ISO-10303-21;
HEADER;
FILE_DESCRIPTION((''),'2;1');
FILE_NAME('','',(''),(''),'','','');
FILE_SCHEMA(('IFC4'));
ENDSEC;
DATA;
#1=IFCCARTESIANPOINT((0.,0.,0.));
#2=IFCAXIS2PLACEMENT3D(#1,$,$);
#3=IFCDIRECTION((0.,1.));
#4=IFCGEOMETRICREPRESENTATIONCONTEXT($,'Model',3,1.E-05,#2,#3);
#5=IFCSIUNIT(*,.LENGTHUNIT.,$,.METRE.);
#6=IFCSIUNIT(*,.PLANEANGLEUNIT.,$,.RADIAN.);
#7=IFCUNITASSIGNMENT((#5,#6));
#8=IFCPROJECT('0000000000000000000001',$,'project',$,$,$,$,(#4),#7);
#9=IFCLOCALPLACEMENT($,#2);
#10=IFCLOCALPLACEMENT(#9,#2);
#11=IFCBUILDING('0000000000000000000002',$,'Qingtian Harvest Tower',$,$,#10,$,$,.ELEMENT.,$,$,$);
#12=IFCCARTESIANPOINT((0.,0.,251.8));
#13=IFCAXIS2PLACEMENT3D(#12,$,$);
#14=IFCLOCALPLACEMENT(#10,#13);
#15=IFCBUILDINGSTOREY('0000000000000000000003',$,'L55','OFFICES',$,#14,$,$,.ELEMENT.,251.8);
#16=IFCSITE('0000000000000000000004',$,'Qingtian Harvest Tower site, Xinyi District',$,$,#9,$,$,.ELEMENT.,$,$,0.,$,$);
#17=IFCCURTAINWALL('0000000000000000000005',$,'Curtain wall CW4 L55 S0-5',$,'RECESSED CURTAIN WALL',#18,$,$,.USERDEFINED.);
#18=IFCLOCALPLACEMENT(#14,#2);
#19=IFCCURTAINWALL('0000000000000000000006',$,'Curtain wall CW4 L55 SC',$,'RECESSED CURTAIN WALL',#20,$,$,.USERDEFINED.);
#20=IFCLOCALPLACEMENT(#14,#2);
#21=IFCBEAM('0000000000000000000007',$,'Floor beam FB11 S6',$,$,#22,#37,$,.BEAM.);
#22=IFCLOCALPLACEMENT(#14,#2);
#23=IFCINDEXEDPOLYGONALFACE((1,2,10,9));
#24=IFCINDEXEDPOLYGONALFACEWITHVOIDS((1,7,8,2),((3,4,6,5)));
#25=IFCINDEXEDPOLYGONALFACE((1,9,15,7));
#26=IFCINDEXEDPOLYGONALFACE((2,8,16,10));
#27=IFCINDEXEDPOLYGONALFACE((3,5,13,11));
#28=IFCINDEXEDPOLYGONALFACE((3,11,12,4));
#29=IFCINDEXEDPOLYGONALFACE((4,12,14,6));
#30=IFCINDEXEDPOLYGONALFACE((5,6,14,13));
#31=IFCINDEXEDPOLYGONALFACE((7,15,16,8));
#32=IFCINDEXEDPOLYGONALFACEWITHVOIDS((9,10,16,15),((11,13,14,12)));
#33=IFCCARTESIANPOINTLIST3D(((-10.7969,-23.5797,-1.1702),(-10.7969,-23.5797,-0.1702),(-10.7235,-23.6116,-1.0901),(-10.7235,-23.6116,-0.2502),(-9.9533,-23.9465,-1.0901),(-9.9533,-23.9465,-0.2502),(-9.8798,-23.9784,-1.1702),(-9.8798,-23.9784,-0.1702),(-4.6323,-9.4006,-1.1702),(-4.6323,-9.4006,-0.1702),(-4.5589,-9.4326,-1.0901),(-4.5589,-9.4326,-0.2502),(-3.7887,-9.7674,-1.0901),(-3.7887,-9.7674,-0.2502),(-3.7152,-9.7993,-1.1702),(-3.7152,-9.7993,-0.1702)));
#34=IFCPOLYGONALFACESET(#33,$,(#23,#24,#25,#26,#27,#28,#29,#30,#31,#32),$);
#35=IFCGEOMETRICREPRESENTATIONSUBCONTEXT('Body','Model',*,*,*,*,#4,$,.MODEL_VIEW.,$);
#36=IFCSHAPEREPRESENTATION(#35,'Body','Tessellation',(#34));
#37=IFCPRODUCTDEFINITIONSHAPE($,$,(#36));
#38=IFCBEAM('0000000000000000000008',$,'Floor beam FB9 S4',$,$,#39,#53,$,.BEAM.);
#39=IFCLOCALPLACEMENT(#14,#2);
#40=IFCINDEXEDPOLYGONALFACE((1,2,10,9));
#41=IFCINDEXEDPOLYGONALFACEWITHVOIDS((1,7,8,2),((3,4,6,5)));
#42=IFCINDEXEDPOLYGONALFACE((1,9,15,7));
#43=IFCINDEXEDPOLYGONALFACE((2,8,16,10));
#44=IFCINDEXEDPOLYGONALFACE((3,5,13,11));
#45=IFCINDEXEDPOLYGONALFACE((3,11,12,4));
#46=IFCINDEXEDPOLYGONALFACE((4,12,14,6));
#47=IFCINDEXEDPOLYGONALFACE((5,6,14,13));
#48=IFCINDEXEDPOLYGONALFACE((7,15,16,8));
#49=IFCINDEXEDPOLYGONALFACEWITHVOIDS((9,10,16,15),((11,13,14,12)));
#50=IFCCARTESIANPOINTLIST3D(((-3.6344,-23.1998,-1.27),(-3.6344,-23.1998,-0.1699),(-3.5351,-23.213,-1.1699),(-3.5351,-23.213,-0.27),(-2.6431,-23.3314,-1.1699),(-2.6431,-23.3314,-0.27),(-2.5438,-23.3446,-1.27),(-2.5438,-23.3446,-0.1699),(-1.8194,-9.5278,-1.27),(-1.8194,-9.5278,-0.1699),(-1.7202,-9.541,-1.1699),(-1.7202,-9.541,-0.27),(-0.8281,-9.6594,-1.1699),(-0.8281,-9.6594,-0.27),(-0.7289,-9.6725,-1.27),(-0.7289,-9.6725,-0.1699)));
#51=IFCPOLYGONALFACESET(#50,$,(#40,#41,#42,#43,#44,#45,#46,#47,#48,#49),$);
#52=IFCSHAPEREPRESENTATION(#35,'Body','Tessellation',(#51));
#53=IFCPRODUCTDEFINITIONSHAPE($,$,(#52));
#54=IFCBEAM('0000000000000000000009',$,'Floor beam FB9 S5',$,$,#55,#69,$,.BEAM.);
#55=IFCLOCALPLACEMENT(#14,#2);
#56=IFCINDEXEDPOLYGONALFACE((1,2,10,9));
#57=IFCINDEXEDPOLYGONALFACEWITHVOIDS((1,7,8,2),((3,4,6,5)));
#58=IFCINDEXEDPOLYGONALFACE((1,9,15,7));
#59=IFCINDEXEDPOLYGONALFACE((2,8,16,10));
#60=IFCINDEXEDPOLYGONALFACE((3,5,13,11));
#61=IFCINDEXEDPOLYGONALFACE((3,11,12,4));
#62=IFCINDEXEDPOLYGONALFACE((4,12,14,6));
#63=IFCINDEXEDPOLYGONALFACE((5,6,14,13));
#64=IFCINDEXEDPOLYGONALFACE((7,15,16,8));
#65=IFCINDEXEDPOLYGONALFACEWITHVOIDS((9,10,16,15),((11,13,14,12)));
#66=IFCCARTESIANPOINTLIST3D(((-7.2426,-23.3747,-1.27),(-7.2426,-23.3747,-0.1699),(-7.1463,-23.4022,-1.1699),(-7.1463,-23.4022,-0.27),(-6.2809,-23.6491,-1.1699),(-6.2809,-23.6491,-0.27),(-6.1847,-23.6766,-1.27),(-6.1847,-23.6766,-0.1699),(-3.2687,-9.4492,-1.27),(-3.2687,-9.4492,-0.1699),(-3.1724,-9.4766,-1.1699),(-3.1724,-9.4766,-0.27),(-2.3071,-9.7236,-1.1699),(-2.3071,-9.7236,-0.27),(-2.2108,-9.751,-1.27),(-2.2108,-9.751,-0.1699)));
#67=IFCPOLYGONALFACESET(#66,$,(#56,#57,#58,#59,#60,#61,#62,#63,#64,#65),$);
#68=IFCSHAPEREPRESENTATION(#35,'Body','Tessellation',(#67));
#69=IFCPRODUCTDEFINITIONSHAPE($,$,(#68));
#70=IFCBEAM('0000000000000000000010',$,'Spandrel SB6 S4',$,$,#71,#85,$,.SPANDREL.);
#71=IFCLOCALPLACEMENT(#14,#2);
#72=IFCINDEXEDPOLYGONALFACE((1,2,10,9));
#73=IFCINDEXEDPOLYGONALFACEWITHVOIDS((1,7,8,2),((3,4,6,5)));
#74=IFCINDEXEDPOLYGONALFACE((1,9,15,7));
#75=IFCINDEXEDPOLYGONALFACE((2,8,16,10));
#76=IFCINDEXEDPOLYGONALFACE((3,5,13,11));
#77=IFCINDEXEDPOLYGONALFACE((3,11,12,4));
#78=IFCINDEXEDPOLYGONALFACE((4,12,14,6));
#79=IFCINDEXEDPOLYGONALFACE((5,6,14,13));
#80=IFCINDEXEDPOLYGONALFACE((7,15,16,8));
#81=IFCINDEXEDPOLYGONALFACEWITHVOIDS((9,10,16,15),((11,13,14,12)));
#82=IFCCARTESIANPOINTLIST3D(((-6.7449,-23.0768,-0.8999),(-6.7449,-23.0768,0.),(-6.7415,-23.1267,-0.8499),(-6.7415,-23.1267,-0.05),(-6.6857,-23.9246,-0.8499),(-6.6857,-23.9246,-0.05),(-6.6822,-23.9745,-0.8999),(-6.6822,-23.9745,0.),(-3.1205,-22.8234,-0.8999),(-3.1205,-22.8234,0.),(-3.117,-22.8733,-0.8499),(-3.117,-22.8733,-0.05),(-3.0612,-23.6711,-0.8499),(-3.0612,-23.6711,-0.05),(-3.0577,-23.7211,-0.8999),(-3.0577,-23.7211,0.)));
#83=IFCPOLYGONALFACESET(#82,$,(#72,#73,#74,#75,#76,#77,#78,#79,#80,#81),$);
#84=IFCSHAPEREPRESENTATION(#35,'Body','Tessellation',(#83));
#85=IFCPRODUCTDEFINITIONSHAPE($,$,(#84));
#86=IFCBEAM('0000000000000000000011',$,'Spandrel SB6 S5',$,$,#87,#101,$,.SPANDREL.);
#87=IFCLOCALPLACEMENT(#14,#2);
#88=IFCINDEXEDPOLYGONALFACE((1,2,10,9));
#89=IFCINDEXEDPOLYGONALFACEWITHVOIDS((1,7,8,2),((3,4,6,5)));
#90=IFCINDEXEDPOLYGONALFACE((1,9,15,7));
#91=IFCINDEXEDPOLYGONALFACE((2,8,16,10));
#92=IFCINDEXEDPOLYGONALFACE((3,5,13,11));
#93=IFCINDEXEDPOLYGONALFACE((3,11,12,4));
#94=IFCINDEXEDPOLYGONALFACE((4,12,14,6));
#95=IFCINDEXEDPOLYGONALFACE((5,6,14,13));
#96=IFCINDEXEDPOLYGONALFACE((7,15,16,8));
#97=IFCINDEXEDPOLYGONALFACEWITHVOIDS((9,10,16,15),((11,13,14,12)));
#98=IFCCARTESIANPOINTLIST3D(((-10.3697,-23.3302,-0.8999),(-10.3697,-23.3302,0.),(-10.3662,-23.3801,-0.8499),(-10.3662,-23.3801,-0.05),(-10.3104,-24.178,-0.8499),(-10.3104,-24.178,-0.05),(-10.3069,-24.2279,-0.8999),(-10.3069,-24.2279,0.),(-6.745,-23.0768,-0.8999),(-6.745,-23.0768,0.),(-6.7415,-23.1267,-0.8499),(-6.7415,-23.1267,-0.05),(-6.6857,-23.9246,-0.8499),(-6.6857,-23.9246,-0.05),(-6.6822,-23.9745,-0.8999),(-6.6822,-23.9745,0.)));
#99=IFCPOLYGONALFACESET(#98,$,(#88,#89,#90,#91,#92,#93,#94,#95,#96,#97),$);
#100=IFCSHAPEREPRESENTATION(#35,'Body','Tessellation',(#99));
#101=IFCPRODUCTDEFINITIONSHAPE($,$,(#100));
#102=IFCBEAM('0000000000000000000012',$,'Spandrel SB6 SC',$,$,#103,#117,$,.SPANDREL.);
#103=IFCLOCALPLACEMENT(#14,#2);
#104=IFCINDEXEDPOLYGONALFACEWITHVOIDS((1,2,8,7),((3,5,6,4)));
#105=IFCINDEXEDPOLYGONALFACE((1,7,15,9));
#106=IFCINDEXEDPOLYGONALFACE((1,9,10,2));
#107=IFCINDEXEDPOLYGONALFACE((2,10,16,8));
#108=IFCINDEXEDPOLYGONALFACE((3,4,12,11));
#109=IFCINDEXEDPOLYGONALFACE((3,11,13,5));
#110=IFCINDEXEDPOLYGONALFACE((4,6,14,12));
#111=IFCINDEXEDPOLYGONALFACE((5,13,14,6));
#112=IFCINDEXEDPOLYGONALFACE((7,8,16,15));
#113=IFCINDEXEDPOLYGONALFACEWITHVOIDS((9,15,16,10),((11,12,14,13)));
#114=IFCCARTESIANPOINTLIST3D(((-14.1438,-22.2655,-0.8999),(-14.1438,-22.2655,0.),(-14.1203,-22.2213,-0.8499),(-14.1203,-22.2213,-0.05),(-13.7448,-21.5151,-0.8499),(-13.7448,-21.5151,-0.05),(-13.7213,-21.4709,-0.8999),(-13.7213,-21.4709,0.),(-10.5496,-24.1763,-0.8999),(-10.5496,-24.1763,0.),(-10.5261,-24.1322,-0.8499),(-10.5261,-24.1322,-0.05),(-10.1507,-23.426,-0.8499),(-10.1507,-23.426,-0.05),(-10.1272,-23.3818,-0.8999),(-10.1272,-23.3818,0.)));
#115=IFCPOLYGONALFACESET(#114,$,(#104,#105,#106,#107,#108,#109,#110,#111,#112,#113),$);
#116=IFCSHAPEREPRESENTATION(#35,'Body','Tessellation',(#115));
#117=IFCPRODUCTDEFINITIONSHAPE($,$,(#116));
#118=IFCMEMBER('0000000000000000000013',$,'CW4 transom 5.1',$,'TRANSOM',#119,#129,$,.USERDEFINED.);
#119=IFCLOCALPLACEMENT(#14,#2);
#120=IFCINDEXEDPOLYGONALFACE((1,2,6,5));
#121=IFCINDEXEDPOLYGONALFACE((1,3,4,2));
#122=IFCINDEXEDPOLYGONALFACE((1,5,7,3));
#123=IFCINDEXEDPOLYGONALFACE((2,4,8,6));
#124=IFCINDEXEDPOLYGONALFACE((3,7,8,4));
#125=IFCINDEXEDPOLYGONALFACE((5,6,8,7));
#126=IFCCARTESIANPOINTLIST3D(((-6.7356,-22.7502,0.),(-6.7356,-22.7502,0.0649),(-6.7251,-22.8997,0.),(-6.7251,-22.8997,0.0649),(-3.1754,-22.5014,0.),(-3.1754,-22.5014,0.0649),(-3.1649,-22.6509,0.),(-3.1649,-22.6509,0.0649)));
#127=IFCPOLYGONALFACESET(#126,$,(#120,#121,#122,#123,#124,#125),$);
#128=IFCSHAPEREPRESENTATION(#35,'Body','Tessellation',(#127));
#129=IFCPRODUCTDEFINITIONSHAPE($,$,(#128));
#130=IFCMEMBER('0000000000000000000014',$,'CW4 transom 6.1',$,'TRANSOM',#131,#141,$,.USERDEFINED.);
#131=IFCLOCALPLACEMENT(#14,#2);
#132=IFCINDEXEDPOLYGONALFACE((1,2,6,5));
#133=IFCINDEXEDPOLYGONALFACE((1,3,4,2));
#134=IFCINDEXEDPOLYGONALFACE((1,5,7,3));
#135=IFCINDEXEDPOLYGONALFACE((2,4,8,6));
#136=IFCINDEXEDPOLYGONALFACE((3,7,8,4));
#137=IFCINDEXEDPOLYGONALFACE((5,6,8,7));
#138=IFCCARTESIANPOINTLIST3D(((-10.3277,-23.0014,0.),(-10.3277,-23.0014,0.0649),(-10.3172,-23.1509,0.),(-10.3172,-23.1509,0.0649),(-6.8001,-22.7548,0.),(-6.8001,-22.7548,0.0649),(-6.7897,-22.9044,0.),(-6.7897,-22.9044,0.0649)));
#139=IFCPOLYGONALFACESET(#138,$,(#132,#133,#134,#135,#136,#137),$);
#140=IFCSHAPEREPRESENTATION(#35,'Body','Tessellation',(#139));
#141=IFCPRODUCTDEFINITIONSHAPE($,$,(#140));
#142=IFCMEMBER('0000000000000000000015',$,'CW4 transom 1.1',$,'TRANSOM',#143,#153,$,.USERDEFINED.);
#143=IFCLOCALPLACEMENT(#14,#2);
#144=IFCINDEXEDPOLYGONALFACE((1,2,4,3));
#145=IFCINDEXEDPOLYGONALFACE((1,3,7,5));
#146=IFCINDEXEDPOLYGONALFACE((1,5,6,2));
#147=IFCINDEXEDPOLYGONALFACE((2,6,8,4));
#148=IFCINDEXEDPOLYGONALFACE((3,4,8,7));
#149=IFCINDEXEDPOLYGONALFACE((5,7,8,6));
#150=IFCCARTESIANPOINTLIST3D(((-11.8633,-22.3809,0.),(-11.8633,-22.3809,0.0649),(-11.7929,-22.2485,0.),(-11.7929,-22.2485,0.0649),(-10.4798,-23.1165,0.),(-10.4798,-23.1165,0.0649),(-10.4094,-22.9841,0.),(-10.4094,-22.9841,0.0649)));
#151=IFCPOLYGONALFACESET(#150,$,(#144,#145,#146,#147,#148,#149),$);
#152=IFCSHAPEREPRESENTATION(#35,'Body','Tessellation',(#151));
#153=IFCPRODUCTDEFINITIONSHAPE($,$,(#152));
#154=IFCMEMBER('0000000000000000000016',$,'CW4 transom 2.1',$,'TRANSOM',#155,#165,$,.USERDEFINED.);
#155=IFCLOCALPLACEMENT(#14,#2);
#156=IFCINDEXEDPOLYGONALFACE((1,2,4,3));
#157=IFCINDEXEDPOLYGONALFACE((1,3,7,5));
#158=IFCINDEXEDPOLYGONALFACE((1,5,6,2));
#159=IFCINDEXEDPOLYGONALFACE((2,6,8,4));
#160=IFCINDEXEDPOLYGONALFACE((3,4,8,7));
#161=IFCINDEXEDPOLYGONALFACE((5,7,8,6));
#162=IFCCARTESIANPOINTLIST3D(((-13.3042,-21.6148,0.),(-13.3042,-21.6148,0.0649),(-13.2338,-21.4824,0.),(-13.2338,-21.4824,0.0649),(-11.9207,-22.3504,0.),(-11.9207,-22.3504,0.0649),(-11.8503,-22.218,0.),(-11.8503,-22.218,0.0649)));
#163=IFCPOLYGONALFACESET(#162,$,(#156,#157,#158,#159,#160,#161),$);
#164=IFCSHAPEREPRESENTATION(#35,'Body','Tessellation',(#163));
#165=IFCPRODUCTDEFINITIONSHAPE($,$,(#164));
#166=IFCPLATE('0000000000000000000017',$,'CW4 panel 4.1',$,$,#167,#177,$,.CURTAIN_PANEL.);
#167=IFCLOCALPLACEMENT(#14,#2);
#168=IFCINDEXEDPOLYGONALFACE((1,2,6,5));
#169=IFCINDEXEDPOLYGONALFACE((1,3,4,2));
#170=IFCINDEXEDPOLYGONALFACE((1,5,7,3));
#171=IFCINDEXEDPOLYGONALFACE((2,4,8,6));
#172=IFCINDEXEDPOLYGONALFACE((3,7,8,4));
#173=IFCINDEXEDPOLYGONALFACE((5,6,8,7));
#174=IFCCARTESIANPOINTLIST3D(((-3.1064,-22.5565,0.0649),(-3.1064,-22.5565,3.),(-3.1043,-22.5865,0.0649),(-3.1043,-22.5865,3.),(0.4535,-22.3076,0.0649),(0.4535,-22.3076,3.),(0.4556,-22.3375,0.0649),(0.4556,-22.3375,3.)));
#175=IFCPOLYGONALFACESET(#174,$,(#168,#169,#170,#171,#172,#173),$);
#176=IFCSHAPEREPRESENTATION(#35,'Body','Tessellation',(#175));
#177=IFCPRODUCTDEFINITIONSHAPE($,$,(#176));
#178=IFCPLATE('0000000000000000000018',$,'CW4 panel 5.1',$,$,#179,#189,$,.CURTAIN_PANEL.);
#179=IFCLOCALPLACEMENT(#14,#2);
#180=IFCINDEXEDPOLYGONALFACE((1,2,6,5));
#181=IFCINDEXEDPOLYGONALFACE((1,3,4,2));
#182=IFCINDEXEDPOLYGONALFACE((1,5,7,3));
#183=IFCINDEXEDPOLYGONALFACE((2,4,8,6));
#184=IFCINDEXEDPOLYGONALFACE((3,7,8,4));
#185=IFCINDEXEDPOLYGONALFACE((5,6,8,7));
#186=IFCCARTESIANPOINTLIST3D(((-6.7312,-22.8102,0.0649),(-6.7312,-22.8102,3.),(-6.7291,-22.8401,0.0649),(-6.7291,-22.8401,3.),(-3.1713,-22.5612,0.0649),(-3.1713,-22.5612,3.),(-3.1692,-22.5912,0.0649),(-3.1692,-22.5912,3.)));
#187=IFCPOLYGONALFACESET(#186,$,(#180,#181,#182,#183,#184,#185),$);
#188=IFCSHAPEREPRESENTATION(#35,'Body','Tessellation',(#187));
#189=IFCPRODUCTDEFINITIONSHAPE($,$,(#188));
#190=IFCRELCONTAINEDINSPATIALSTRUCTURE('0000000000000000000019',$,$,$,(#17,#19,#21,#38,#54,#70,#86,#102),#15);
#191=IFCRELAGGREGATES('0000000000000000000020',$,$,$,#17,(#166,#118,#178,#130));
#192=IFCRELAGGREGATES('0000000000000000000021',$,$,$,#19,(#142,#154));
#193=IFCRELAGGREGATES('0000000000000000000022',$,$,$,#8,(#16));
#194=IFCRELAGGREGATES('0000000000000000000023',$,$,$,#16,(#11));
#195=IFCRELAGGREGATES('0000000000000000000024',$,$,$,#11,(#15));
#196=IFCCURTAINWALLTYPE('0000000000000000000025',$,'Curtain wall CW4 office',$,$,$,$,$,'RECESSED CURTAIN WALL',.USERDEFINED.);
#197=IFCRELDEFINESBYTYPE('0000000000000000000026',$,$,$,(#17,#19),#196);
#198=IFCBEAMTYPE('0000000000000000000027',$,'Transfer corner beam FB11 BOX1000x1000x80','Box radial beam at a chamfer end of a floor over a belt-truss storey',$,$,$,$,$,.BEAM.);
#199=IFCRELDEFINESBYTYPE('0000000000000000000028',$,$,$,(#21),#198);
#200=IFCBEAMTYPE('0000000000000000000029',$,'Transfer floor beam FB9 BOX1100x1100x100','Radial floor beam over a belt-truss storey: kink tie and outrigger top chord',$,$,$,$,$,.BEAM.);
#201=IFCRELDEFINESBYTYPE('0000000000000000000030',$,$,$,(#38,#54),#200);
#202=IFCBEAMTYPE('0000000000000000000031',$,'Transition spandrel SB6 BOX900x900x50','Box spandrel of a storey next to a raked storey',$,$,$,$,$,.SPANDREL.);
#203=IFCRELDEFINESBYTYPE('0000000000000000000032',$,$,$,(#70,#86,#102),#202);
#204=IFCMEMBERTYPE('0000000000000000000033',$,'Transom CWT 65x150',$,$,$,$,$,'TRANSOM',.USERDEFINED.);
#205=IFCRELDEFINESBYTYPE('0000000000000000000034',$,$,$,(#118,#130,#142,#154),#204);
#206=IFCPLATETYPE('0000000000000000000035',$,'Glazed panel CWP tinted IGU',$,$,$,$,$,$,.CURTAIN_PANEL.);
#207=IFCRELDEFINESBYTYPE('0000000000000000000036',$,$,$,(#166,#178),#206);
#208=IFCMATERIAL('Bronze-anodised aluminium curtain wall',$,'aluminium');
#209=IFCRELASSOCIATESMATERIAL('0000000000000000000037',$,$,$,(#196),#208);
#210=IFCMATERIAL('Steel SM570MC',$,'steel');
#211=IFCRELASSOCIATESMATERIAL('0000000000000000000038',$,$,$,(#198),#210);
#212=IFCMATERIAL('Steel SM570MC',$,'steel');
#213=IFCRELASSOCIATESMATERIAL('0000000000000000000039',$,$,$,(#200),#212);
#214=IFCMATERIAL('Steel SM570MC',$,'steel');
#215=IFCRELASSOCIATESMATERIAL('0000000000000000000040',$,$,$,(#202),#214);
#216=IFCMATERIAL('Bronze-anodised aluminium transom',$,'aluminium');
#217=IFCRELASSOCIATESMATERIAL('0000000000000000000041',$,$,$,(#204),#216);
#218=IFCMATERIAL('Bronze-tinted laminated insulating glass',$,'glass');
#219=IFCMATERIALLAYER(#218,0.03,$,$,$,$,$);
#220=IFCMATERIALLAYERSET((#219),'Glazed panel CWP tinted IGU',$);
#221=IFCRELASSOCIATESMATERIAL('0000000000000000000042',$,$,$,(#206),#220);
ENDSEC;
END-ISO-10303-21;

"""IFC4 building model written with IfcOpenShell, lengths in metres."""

from ifc_helpers import new_model, si_unit, direction, frame, origin, origin_2d, place, context, subcontext, project, spatial, rectangle, hollow_rectangle, extrude, material, layer, layer_set, material_profile, profile_set, type_object, element, aggregate, save


model = new_model("IFC4")

# Units and contexts
model_context = context("Model", 3, precision=1e-05, world=origin(), true_north=direction((0.0, 1.0)))
body_context = subcontext(model_context, "Body", "Model", "MODEL_VIEW")
ifc_project = project(units=[si_unit("LENGTHUNIT", "METRE"), si_unit("PLANEANGLEUNIT", "RADIAN")], contexts=[model_context])

# Site, building, storey
site_placement = place(None, origin())
site = spatial("IfcSite", under=ifc_project, at=site_placement, Name="Qingtian Harvest Tower site, Xinyi District", CompositionType="ELEMENT", RefElevation=0.0)
building_placement = place(site_placement, origin())
building = spatial("IfcBuilding", under=site, at=building_placement, Name="Qingtian Harvest Tower", CompositionType="ELEMENT")
storey_placement = place(building_placement, frame((0.0, 0.0, 251.8)))
storey = spatial("IfcBuildingStorey", under=building, at=storey_placement, Name="L55", Description="OFFICES", CompositionType="ELEMENT", Elevation=251.8)

# Curtain walls
ifc_material_1 = material(Name="Bronze-anodised aluminium curtain wall", Category="aluminium")
curtain_wall_type = type_object("IfcCurtainWallType", Name="Curtain wall CW4 office", ElementType="RECESSED CURTAIN WALL", PredefinedType="USERDEFINED", material=ifc_material_1)
curtain_wall_1_placement = place(storey_placement, origin())
curtain_wall_1 = element("IfcCurtainWall", 1, at=curtain_wall_1_placement, inside=storey, type_object=curtain_wall_type, Name="Curtain wall CW4 L55 S0-5", ObjectType="RECESSED CURTAIN WALL", PredefinedType="USERDEFINED")
curtain_wall_2_placement = place(storey_placement, origin())
curtain_wall_2 = element("IfcCurtainWall", 2, at=curtain_wall_2_placement, inside=storey, type_object=curtain_wall_type, Name="Curtain wall CW4 L55 SC", ObjectType="RECESSED CURTAIN WALL", PredefinedType="USERDEFINED")

# Beams
ifc_material_2 = material(Name="Steel SM570MC", Category="steel")
ifc_material_profile_1 = material_profile(ifc_material_2, hollow_rectangle(XDim=1.0, YDim=1.0, WallThickness=0.0801, at=origin_2d()), Name="BOX1000x1000x80")
ifc_profile_set_1 = profile_set([ifc_material_profile_1], Name="Steel SM570MC")
beam_type_1 = type_object("IfcBeamType", Name="Transfer corner beam FB11 BOX1000x1000x80", Description="Box radial beam at a chamfer end of a floor over a belt-truss storey", PredefinedType="BEAM", material=ifc_profile_set_1)
beam_1_placement = place(storey_placement, frame((-10.3384, -23.7791, -0.6702), z_axis=(0.398715, 0.917075, 0.0), x_axis=(-0.917075, 0.398715, 0.0)))
element("IfcBeam", 3, at=beam_1_placement, inside=storey, type_object=beam_type_1, Name="Floor beam FB11 S6", PredefinedType="BEAM", context=body_context, shape_type="SweptSolid", body=[
    extrude(hollow_rectangle(XDim=1.0, YDim=1.0, WallThickness=0.0801, at=origin_2d()), origin(), (0.0, 0.0, 1.0), 15.4612),
])
ifc_material_3 = material(Name="Steel SM570MC", Category="steel")
ifc_material_profile_2 = material_profile(ifc_material_3, hollow_rectangle(XDim=1.1001, YDim=1.1001, WallThickness=0.1001, at=origin_2d()), Name="BOX1100x1100x100")
ifc_profile_set_2 = profile_set([ifc_material_profile_2], Name="Steel SM570MC")
beam_type_2 = type_object("IfcBeamType", Name="Transfer floor beam FB9 BOX1100x1100x100", Description="Radial floor beam over a belt-truss storey: kink tie and outrigger top chord", PredefinedType="BEAM", material=ifc_profile_set_2)
beam_2_placement = place(storey_placement, frame((-3.0891, -23.2722, -0.72), z_axis=(0.131593, 0.991304, 0.0), x_axis=(-0.991304, 0.131593, 0.0)))
element("IfcBeam", 4, at=beam_2_placement, inside=storey, type_object=beam_type_2, Name="Floor beam FB9 S4", PredefinedType="BEAM", context=body_context, shape_type="SweptSolid", body=[
    extrude(hollow_rectangle(XDim=1.1001, YDim=1.1001, WallThickness=0.1001, at=origin_2d()), origin(), (0.0, 0.0, 1.0), 13.792),
])
beam_3_placement = place(storey_placement, frame((-6.7136, -23.5256, -0.72), z_axis=(0.274412, 0.961612, 0.0), x_axis=(-0.961612, 0.274412, 0.0)))
element("IfcBeam", 5, at=beam_3_placement, inside=storey, type_object=beam_type_2, Name="Floor beam FB9 S5", PredefinedType="BEAM", context=body_context, shape_type="SweptSolid", body=[
    extrude(hollow_rectangle(XDim=1.1001, YDim=1.1001, WallThickness=0.1001, at=origin_2d()), origin(), (0.0, 0.0, 1.0), 14.4814),
])
ifc_material_4 = material(Name="Steel SM570MC", Category="steel")
ifc_material_profile_3 = material_profile(ifc_material_4, hollow_rectangle(XDim=0.8999, YDim=0.8999, WallThickness=0.05, at=origin_2d()), Name="BOX900x900x50")
ifc_profile_set_3 = profile_set([ifc_material_profile_3], Name="Steel SM570MC")
beam_type_3 = type_object("IfcBeamType", Name="Transition spandrel SB6 BOX900x900x50", Description="Box spandrel of a storey next to a raked storey", PredefinedType="SPANDREL", material=ifc_profile_set_3)
beam_4_placement = place(storey_placement, frame((-3.0891, -23.2722, -0.45), z_axis=(-0.997565, -0.069748, 0.0), x_axis=(0.069748, -0.997565, 0.0)))
element("IfcBeam", 6, at=beam_4_placement, inside=storey, type_object=beam_type_3, Name="Spandrel SB6 S4", PredefinedType="SPANDREL", context=body_context, shape_type="SweptSolid", body=[
    extrude(hollow_rectangle(XDim=0.8999, YDim=0.8999, WallThickness=0.05, at=origin_2d()), origin(), (0.0, 0.0, 1.0), 3.6333),
])
beam_5_placement = place(storey_placement, frame((-6.7136, -23.5256, -0.45), z_axis=(-0.997565, -0.069743, 0.0), x_axis=(0.069743, -0.997565, 0.0)))
element("IfcBeam", 7, at=beam_5_placement, inside=storey, type_object=beam_type_3, Name="Spandrel SB6 S5", PredefinedType="SPANDREL", context=body_context, shape_type="SweptSolid", body=[
    extrude(hollow_rectangle(XDim=0.8999, YDim=0.8999, WallThickness=0.05, at=origin_2d()), origin(), (0.0, 0.0, 1.0), 3.6335),
])
beam_6_placement = place(storey_placement, frame((-10.3384, -23.7791, -0.45), z_axis=(-0.882968, 0.469433, 0.0), x_axis=(-0.469433, -0.882968, 0.0)))
element("IfcBeam", 8, at=beam_6_placement, inside=storey, type_object=beam_type_3, Name="Spandrel SB6 SC", PredefinedType="SPANDREL", context=body_context, shape_type="SweptSolid", body=[
    extrude(hollow_rectangle(XDim=0.8999, YDim=0.8999, WallThickness=0.05, at=origin_2d()), origin(), (0.0, 0.0, 1.0), 4.0706),
])

# Members
ifc_material_5 = material(Name="Bronze-anodised aluminium transom", Category="aluminium")
ifc_material_profile_4 = material_profile(ifc_material_5, rectangle(XDim=0.1499, YDim=0.0649, at=origin_2d()), Name="AL 65x150")
ifc_profile_set_4 = profile_set([ifc_material_profile_4], Name="Bronze-anodised aluminium transom")
member_type_1 = type_object("IfcMemberType", Name="Transom CWT 65x150", ElementType="TRANSOM", PredefinedType="USERDEFINED", material=ifc_profile_set_4)
member_1_placement = place(storey_placement, frame((-3.1702, -22.5762, 0.0325), z_axis=(-0.997567, -0.069711, 0.0), x_axis=(0.069711, -0.997567, 0.0)))
member_1 = element("IfcMember", 9, at=member_1_placement, type_object=member_type_1, Name="CW4 transom 5.1", ObjectType="TRANSOM", PredefinedType="USERDEFINED", context=body_context, shape_type="SweptSolid", body=[
    extrude(rectangle(XDim=0.1499, YDim=0.0649, at=origin_2d()), origin(), (0.0, 0.0, 1.0), 3.5688),
])
member_2_placement = place(storey_placement, frame((-6.7949, -22.8296, 0.0325), z_axis=(-0.997566, -0.069731, 0.0), x_axis=(0.069731, -0.997566, 0.0)))
member_2 = element("IfcMember", 10, at=member_2_placement, type_object=member_type_1, Name="CW4 transom 6.1", ObjectType="TRANSOM", PredefinedType="USERDEFINED", context=body_context, shape_type="SweptSolid", body=[
    extrude(rectangle(XDim=0.1499, YDim=0.0649, at=origin_2d()), origin(), (0.0, 0.0, 1.0), 3.5361),
])
member_3_placement = place(storey_placement, frame((-10.4446, -23.0503, 0.0325), z_axis=(-0.88296, 0.469448, 0.0), x_axis=(-0.469448, -0.88296, 0.0)))
member_3 = element("IfcMember", 11, at=member_3_placement, type_object=member_type_1, Name="CW4 transom 1.1", ObjectType="TRANSOM", PredefinedType="USERDEFINED", context=body_context, shape_type="SweptSolid", body=[
    extrude(rectangle(XDim=0.1499, YDim=0.0649, at=origin_2d()), origin(), (0.0, 0.0, 1.0), 1.5669),
])
member_4_placement = place(storey_placement, frame((-11.8855, -22.2842, 0.0325), z_axis=(-0.88296, 0.469448, 0.0), x_axis=(-0.469448, -0.88296, 0.0)))
member_4 = element("IfcMember", 12, at=member_4_placement, type_object=member_type_1, Name="CW4 transom 2.1", ObjectType="TRANSOM", PredefinedType="USERDEFINED", context=body_context, shape_type="SweptSolid", body=[
    extrude(rectangle(XDim=0.1499, YDim=0.0649, at=origin_2d()), origin(), (0.0, 0.0, 1.0), 1.5669),
])

# Plates
ifc_material_6 = material(Name="Bronze-tinted laminated insulating glass", Category="glass")
ifc_layer_1 = layer(ifc_material_6, 0.03)
ifc_layer_set_1 = layer_set([ifc_layer_1], Name="Glazed panel CWP tinted IGU")
plate_type = type_object("IfcPlateType", Name="Glazed panel CWP tinted IGU", PredefinedType="CURTAIN_PANEL", material=ifc_layer_set_1)
plate_1_placement = place(storey_placement, frame((-1.3254, -22.447, 0.0649), z_axis=(0.0, 0.0, 1.0), x_axis=(-0.997564, -0.069756, 0.0)))
plate_1 = element("IfcPlate", 13, at=plate_1_placement, type_object=plate_type, Name="CW4 panel 4.1", PredefinedType="CURTAIN_PANEL", context=body_context, shape_type="SweptSolid", body=[
    extrude(rectangle(XDim=3.5686, YDim=0.03, at=origin_2d()), origin(), (0.0, 0.0, 1.0), 2.9351),
])
plate_2_placement = place(storey_placement, frame((-4.9502, -22.7007, 0.0649), z_axis=(0.0, 0.0, 1.0), x_axis=(-0.997564, -0.069756, 0.0)))
plate_2 = element("IfcPlate", 14, at=plate_2_placement, type_object=plate_type, Name="CW4 panel 5.1", PredefinedType="CURTAIN_PANEL", context=body_context, shape_type="SweptSolid", body=[
    extrude(rectangle(XDim=3.5686, YDim=0.03, at=origin_2d()), origin(), (0.0, 0.0, 1.0), 2.9351),
])
aggregate(curtain_wall_1, [plate_1, member_1, plate_2, member_2])
aggregate(curtain_wall_2, [member_3, member_4])

save(model, "model.ifc")
